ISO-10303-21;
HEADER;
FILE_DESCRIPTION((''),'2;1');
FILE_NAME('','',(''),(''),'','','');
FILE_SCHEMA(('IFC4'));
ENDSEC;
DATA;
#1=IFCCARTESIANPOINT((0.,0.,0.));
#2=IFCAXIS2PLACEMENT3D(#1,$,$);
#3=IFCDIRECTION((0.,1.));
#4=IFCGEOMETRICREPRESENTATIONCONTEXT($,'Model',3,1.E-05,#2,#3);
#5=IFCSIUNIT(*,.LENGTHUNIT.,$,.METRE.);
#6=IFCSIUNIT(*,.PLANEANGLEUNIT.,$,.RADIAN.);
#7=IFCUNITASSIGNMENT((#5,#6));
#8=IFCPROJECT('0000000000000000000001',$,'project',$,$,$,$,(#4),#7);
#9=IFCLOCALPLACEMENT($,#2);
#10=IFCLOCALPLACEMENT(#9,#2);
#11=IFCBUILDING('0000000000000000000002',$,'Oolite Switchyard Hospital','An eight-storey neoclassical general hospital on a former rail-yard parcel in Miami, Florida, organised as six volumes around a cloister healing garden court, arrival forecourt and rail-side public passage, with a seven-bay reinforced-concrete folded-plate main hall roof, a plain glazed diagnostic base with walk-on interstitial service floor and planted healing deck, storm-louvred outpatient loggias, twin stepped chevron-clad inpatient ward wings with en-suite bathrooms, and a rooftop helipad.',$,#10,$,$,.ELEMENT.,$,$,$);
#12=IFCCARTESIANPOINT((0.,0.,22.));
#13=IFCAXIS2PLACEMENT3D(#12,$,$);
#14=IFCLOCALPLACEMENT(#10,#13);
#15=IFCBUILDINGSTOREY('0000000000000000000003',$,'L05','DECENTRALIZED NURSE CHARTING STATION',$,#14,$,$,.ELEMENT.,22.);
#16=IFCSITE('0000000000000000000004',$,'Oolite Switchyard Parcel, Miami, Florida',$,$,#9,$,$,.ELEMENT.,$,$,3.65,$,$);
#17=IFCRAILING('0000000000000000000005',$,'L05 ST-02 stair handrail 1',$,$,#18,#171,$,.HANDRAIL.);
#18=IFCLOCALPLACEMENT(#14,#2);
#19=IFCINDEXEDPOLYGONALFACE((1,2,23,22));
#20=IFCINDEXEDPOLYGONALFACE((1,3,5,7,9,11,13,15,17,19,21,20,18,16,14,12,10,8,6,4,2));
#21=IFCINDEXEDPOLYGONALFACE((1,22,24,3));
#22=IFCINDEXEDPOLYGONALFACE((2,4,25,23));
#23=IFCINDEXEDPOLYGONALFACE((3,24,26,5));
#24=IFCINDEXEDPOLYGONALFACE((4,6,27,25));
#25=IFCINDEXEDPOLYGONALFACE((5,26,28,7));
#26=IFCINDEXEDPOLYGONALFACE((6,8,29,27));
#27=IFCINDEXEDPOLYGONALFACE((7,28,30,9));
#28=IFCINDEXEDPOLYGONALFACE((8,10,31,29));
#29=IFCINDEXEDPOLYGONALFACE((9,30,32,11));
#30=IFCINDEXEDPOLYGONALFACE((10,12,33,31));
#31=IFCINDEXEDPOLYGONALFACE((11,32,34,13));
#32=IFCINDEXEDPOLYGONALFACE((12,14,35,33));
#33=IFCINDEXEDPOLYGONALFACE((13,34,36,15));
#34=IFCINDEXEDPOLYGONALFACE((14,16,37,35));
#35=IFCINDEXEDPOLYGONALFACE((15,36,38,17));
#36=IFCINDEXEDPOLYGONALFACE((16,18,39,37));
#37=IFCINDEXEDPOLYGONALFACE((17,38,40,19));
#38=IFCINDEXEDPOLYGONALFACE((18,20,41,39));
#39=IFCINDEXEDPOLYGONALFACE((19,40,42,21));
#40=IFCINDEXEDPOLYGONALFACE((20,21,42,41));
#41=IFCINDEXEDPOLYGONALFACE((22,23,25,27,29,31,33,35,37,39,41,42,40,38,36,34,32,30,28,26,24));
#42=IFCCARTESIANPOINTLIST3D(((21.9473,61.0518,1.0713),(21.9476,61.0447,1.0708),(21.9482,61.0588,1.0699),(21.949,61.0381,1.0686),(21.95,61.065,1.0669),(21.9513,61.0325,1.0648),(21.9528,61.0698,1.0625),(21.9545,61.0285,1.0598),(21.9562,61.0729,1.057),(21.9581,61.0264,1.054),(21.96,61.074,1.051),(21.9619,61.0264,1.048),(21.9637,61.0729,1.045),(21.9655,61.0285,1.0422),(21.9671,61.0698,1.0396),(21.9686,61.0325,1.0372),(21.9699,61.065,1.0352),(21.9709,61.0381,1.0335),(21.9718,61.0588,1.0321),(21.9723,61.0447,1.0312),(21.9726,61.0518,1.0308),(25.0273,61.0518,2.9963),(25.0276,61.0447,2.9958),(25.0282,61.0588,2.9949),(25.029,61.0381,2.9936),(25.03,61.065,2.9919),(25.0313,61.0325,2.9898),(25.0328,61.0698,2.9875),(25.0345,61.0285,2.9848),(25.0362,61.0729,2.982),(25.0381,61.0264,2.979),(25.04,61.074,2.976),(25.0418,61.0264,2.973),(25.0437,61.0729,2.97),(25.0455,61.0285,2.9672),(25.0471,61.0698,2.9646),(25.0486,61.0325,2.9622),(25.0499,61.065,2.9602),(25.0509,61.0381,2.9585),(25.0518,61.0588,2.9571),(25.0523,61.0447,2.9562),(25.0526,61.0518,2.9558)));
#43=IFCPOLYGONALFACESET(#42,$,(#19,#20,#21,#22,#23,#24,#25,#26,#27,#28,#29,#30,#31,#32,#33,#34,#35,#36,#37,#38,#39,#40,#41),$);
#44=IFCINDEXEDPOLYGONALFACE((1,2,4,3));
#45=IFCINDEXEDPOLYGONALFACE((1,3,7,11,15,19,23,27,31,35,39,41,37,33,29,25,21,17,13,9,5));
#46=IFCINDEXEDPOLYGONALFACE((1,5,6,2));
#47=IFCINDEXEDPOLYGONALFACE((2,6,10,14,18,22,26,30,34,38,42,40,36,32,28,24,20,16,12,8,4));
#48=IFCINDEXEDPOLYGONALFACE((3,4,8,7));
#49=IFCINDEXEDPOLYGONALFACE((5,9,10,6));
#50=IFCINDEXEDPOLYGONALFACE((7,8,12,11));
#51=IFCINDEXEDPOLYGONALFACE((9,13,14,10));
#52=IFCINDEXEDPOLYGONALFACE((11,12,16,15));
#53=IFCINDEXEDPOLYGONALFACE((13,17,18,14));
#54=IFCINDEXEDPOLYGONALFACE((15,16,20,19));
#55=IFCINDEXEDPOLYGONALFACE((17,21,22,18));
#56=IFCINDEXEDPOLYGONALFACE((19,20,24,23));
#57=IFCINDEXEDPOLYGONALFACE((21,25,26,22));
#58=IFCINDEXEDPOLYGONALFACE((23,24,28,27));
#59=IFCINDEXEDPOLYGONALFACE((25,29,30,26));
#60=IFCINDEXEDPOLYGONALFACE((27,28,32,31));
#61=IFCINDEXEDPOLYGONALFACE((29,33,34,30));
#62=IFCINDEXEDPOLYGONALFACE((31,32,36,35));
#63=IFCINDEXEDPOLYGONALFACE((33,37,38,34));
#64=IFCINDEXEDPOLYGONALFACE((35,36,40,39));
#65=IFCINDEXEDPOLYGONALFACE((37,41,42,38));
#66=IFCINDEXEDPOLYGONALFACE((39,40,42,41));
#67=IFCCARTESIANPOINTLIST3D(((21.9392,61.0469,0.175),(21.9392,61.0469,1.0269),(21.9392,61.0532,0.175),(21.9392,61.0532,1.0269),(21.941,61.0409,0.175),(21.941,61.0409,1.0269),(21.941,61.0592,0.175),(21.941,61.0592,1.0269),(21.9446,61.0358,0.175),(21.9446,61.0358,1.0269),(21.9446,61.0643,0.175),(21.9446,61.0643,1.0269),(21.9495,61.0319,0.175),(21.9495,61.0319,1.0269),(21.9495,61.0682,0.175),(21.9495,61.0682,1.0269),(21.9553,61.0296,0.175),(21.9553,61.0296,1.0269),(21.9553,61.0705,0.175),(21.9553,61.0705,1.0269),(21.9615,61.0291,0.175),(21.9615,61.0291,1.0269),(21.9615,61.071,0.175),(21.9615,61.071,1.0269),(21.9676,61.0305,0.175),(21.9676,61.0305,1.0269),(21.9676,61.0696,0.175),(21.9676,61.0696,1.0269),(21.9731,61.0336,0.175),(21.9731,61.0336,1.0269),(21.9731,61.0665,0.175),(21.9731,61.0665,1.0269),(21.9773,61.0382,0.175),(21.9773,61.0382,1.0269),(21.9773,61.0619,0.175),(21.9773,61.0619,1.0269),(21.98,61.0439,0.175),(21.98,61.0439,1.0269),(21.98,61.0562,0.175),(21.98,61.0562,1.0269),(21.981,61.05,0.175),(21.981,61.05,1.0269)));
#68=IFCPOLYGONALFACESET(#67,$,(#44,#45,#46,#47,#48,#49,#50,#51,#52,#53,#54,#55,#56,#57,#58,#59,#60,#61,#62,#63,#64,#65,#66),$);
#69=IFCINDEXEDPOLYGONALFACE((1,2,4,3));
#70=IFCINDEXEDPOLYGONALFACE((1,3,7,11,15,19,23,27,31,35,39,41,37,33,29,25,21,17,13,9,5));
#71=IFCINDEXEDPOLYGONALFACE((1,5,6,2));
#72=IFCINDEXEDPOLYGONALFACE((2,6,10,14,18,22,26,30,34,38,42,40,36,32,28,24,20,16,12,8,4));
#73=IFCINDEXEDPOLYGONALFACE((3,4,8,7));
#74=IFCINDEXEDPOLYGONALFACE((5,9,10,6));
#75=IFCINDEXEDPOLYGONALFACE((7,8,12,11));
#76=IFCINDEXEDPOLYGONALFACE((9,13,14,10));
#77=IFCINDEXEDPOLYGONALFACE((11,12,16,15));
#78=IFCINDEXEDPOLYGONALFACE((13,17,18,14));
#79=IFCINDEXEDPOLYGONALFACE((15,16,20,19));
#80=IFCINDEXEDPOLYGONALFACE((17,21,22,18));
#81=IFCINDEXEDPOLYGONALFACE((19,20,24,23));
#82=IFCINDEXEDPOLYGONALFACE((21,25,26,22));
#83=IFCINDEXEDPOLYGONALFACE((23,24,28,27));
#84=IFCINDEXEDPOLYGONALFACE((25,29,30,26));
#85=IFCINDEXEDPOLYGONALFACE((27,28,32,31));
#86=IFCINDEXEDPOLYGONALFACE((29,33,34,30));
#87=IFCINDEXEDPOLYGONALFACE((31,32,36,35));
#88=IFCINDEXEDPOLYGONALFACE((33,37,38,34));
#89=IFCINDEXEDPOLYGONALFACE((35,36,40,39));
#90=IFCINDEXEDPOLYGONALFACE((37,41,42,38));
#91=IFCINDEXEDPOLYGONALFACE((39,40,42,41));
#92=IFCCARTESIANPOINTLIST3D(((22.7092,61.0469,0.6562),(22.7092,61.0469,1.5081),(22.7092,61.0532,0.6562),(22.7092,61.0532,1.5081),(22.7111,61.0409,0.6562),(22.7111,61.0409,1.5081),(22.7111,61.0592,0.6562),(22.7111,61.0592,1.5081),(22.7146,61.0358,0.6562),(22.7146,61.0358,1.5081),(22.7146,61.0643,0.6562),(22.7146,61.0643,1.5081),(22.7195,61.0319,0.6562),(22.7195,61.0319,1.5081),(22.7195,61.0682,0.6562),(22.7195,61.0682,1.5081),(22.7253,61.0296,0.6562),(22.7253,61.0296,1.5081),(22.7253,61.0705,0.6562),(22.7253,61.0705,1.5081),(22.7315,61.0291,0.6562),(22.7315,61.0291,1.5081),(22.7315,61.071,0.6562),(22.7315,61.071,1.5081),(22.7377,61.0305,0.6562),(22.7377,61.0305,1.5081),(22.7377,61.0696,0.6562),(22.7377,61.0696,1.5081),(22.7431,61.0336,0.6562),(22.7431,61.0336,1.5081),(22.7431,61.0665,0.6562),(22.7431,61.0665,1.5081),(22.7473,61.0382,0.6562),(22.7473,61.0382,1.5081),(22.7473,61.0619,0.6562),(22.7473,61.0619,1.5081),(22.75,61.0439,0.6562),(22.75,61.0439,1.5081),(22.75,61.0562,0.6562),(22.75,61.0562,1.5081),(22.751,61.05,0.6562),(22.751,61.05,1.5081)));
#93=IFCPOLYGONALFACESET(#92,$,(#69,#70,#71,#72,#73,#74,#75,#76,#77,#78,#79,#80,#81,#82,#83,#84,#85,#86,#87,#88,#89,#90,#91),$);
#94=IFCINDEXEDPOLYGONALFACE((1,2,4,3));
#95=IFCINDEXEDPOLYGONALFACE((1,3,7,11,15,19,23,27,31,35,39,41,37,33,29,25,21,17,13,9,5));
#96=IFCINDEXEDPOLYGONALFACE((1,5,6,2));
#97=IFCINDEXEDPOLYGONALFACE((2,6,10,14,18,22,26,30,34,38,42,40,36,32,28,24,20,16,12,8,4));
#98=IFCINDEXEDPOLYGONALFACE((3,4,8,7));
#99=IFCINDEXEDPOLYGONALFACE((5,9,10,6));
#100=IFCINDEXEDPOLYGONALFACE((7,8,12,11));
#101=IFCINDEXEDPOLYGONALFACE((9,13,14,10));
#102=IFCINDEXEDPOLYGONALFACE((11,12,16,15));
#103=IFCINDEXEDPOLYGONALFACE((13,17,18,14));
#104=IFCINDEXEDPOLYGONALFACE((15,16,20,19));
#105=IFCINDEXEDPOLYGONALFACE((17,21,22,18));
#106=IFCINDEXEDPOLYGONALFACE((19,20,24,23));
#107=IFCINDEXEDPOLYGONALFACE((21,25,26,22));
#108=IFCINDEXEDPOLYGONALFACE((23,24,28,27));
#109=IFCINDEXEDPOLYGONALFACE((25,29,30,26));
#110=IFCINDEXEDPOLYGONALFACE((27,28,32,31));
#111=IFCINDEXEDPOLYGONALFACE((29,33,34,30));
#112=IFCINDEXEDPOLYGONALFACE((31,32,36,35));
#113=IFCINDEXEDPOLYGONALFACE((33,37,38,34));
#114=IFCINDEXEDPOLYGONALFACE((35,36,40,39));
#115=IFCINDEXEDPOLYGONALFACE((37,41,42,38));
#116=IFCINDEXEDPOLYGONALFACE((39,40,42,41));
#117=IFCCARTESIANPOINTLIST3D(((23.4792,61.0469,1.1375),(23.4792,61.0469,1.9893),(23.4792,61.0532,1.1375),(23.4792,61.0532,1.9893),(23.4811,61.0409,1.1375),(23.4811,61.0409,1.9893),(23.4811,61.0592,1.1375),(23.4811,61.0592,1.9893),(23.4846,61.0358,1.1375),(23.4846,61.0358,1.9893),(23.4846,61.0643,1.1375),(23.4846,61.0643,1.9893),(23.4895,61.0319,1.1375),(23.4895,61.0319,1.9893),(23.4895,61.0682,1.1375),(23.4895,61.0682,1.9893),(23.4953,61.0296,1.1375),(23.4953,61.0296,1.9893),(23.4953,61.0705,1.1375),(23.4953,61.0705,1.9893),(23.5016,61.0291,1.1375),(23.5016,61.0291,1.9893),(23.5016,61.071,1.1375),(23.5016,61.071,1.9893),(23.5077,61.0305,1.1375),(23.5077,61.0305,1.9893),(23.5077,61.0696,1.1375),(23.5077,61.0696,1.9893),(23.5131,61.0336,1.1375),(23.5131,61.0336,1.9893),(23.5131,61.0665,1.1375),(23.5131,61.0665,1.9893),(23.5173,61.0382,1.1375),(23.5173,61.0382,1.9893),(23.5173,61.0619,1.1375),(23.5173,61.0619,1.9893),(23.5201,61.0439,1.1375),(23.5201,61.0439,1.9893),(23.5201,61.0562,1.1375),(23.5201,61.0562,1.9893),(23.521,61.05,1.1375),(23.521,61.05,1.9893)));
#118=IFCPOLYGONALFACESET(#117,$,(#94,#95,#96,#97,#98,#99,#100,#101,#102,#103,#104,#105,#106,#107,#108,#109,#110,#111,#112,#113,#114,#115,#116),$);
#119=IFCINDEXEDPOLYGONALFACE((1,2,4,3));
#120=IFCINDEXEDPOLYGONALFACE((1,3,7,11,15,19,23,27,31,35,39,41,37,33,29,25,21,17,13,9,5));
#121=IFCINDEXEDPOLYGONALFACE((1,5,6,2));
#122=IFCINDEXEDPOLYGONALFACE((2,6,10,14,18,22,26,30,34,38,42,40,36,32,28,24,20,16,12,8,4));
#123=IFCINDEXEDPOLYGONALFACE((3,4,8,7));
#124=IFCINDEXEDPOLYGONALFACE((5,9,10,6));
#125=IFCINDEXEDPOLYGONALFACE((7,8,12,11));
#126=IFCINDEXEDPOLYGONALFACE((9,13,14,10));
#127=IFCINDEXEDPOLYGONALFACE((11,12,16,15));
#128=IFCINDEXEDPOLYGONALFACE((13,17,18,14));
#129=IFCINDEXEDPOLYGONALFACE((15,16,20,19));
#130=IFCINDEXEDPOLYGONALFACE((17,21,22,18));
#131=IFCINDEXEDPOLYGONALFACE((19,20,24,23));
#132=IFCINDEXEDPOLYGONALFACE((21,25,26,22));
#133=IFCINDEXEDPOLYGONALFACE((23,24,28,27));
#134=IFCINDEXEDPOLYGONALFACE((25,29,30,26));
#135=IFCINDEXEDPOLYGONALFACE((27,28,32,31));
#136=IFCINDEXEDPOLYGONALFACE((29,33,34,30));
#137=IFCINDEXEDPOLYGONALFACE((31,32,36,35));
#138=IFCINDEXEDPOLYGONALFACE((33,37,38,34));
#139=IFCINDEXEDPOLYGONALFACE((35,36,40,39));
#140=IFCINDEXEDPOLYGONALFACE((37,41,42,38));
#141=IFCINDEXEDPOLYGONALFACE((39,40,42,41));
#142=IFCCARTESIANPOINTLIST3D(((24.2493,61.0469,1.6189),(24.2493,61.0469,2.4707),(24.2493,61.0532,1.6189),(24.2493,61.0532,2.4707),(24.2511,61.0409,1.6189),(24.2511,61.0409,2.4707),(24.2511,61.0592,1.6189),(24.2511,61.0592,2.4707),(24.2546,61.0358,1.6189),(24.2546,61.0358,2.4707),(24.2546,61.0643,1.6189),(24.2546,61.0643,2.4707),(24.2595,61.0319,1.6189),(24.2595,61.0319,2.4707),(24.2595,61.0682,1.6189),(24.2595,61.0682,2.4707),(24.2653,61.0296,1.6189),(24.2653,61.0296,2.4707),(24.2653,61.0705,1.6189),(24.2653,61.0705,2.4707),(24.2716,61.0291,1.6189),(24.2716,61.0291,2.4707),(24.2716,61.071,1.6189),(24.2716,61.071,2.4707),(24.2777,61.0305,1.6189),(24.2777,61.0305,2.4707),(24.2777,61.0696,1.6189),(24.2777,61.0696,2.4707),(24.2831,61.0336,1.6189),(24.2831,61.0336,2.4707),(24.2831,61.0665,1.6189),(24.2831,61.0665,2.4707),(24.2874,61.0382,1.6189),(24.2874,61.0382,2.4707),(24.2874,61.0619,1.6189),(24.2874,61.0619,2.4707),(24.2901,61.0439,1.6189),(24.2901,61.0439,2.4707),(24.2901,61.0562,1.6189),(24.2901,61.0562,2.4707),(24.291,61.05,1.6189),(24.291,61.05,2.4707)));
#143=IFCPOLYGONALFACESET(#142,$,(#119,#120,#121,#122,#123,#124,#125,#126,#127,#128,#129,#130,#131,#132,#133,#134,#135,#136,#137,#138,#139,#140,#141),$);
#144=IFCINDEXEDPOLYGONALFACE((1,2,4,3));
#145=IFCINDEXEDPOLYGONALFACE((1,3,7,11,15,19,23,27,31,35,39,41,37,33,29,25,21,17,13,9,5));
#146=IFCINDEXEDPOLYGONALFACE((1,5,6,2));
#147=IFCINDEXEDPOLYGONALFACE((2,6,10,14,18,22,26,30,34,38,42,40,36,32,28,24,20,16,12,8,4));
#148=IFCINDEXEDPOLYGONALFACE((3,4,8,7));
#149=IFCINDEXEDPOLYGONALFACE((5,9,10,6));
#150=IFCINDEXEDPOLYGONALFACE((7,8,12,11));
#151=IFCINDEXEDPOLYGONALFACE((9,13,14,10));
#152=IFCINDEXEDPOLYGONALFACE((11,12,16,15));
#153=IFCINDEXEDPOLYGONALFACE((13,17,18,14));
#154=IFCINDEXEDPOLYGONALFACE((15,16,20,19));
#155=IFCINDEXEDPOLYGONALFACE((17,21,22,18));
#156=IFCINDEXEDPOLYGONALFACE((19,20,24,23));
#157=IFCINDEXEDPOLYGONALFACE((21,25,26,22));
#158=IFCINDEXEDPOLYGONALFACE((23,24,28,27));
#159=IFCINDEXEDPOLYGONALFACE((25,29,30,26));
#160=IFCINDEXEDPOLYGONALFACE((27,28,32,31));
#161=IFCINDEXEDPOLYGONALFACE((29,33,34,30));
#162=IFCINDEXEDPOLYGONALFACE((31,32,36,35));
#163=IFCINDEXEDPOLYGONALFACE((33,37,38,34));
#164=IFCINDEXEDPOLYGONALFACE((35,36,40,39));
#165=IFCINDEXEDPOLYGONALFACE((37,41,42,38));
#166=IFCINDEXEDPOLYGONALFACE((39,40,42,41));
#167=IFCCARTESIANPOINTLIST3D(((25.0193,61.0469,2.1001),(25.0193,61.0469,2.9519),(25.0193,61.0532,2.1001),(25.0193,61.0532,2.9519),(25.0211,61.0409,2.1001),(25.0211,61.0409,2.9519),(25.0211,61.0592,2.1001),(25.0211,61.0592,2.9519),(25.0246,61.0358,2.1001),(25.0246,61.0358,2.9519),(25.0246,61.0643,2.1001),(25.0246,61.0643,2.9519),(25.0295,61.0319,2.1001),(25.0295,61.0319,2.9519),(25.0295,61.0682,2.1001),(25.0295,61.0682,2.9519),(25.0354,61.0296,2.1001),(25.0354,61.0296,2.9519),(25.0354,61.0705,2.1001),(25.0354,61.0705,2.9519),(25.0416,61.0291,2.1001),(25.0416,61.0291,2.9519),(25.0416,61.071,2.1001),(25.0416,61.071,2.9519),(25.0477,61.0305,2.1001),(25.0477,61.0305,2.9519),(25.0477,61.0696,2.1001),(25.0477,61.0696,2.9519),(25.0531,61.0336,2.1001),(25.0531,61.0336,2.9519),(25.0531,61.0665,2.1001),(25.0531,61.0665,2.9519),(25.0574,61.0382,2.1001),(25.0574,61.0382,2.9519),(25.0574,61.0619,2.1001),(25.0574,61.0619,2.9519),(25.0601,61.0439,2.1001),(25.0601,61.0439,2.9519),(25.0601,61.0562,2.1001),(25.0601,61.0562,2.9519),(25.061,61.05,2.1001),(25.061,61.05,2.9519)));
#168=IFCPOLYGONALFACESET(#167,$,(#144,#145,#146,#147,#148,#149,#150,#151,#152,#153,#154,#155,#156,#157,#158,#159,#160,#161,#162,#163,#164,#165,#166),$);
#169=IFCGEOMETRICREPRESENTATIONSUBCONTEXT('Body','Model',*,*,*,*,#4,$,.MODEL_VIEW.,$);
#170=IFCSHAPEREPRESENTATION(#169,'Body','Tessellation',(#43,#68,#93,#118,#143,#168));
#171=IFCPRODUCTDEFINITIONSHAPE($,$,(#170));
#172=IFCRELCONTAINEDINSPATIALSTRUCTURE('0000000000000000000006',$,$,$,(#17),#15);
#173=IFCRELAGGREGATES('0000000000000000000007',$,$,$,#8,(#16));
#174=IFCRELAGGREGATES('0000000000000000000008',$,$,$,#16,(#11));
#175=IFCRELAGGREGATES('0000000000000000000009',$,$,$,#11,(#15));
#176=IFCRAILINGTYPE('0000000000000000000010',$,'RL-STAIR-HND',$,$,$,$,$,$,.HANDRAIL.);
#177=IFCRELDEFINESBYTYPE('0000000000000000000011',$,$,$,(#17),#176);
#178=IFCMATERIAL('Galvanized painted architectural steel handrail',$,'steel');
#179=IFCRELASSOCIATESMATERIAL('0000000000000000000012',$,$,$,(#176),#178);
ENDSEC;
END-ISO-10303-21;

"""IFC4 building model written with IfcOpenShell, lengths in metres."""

from ifc_helpers import new_model, si_unit, direction, frame, origin, origin_2d, place, context, subcontext, project, spatial, circle, extrude, material, type_object, element, save


model = new_model("IFC4")

# Units and contexts
model_context = context("Model", 3, precision=1e-05, world=origin(), true_north=direction((0.0, 1.0)))
body_context = subcontext(model_context, "Body", "Model", "MODEL_VIEW")
ifc_project = project(units=[si_unit("LENGTHUNIT", "METRE"), si_unit("PLANEANGLEUNIT", "RADIAN")], contexts=[model_context])

# Site, building, storey
site_placement = place(None, origin())
site = spatial("IfcSite", under=ifc_project, at=site_placement, Name="Oolite Switchyard Parcel, Miami, Florida", CompositionType="ELEMENT", RefElevation=3.65)
building_placement = place(site_placement, origin())
building = spatial("IfcBuilding", under=site, at=building_placement, Name="Oolite Switchyard Hospital", Description="An eight-storey neoclassical general hospital on a former rail-yard parcel in Miami, Florida, organised as six volumes around a cloister healing garden court, arrival forecourt and rail-side public passage, with a seven-bay reinforced-concrete folded-plate main hall roof, a plain glazed diagnostic base with walk-on interstitial service floor and planted healing deck, storm-louvred outpatient loggias, twin stepped chevron-clad inpatient ward wings with en-suite bathrooms, and a rooftop helipad.", CompositionType="ELEMENT")
storey_placement = place(building_placement, frame((0.0, 0.0, 22.0)))
storey = spatial("IfcBuildingStorey", under=building, at=storey_placement, Name="L05", Description="DECENTRALIZED NURSE CHARTING STATION", CompositionType="ELEMENT", Elevation=22.0)

# Railing
ifc_material_1 = material(Name="Galvanized painted architectural steel handrail", Category="steel")
railing_type_1 = type_object("IfcRailingType", Name="RL-STAIR-HND", PredefinedType="HANDRAIL", material=ifc_material_1)
railing_1_placement = place(storey_placement, frame((21.96, 61.05, 0.175)))
element("IfcRailing", 1, at=railing_1_placement, inside=storey, type_object=railing_type_1, Name="L05 ST-02 stair handrail 1", PredefinedType="HANDRAIL", context=body_context, shape_type="SweptSolid", body=[
    extrude(circle(Radius=0.0239, at=origin_2d()), frame((0.0, 0.0, 0.876), z_axis=(0.847998, 0.0, 0.529999), x_axis=(0.0, 1.0, 0.0)), (0.0, 0.0, 1.0), 3.6321),
    extrude(circle(Radius=0.021, at=origin_2d()), origin(), (0.0, 0.0, 1.0), 0.8518),
    extrude(circle(Radius=0.021, at=origin_2d()), frame((0.77, 0.0, 0.4812)), (0.0, 0.0, 1.0), 0.8518),
    extrude(circle(Radius=0.021, at=origin_2d()), frame((1.54, 0.0, 0.9624)), (0.0, 0.0, 1.0), 0.8518),
    extrude(circle(Radius=0.021, at=origin_2d()), frame((2.3101, 0.0, 1.4438)), (0.0, 0.0, 1.0), 0.8518),
    extrude(circle(Radius=0.021, at=origin_2d()), frame((3.0801, 0.0, 1.925)), (0.0, 0.0, 1.0), 0.8518),
])

save(model, "model.ifc")
